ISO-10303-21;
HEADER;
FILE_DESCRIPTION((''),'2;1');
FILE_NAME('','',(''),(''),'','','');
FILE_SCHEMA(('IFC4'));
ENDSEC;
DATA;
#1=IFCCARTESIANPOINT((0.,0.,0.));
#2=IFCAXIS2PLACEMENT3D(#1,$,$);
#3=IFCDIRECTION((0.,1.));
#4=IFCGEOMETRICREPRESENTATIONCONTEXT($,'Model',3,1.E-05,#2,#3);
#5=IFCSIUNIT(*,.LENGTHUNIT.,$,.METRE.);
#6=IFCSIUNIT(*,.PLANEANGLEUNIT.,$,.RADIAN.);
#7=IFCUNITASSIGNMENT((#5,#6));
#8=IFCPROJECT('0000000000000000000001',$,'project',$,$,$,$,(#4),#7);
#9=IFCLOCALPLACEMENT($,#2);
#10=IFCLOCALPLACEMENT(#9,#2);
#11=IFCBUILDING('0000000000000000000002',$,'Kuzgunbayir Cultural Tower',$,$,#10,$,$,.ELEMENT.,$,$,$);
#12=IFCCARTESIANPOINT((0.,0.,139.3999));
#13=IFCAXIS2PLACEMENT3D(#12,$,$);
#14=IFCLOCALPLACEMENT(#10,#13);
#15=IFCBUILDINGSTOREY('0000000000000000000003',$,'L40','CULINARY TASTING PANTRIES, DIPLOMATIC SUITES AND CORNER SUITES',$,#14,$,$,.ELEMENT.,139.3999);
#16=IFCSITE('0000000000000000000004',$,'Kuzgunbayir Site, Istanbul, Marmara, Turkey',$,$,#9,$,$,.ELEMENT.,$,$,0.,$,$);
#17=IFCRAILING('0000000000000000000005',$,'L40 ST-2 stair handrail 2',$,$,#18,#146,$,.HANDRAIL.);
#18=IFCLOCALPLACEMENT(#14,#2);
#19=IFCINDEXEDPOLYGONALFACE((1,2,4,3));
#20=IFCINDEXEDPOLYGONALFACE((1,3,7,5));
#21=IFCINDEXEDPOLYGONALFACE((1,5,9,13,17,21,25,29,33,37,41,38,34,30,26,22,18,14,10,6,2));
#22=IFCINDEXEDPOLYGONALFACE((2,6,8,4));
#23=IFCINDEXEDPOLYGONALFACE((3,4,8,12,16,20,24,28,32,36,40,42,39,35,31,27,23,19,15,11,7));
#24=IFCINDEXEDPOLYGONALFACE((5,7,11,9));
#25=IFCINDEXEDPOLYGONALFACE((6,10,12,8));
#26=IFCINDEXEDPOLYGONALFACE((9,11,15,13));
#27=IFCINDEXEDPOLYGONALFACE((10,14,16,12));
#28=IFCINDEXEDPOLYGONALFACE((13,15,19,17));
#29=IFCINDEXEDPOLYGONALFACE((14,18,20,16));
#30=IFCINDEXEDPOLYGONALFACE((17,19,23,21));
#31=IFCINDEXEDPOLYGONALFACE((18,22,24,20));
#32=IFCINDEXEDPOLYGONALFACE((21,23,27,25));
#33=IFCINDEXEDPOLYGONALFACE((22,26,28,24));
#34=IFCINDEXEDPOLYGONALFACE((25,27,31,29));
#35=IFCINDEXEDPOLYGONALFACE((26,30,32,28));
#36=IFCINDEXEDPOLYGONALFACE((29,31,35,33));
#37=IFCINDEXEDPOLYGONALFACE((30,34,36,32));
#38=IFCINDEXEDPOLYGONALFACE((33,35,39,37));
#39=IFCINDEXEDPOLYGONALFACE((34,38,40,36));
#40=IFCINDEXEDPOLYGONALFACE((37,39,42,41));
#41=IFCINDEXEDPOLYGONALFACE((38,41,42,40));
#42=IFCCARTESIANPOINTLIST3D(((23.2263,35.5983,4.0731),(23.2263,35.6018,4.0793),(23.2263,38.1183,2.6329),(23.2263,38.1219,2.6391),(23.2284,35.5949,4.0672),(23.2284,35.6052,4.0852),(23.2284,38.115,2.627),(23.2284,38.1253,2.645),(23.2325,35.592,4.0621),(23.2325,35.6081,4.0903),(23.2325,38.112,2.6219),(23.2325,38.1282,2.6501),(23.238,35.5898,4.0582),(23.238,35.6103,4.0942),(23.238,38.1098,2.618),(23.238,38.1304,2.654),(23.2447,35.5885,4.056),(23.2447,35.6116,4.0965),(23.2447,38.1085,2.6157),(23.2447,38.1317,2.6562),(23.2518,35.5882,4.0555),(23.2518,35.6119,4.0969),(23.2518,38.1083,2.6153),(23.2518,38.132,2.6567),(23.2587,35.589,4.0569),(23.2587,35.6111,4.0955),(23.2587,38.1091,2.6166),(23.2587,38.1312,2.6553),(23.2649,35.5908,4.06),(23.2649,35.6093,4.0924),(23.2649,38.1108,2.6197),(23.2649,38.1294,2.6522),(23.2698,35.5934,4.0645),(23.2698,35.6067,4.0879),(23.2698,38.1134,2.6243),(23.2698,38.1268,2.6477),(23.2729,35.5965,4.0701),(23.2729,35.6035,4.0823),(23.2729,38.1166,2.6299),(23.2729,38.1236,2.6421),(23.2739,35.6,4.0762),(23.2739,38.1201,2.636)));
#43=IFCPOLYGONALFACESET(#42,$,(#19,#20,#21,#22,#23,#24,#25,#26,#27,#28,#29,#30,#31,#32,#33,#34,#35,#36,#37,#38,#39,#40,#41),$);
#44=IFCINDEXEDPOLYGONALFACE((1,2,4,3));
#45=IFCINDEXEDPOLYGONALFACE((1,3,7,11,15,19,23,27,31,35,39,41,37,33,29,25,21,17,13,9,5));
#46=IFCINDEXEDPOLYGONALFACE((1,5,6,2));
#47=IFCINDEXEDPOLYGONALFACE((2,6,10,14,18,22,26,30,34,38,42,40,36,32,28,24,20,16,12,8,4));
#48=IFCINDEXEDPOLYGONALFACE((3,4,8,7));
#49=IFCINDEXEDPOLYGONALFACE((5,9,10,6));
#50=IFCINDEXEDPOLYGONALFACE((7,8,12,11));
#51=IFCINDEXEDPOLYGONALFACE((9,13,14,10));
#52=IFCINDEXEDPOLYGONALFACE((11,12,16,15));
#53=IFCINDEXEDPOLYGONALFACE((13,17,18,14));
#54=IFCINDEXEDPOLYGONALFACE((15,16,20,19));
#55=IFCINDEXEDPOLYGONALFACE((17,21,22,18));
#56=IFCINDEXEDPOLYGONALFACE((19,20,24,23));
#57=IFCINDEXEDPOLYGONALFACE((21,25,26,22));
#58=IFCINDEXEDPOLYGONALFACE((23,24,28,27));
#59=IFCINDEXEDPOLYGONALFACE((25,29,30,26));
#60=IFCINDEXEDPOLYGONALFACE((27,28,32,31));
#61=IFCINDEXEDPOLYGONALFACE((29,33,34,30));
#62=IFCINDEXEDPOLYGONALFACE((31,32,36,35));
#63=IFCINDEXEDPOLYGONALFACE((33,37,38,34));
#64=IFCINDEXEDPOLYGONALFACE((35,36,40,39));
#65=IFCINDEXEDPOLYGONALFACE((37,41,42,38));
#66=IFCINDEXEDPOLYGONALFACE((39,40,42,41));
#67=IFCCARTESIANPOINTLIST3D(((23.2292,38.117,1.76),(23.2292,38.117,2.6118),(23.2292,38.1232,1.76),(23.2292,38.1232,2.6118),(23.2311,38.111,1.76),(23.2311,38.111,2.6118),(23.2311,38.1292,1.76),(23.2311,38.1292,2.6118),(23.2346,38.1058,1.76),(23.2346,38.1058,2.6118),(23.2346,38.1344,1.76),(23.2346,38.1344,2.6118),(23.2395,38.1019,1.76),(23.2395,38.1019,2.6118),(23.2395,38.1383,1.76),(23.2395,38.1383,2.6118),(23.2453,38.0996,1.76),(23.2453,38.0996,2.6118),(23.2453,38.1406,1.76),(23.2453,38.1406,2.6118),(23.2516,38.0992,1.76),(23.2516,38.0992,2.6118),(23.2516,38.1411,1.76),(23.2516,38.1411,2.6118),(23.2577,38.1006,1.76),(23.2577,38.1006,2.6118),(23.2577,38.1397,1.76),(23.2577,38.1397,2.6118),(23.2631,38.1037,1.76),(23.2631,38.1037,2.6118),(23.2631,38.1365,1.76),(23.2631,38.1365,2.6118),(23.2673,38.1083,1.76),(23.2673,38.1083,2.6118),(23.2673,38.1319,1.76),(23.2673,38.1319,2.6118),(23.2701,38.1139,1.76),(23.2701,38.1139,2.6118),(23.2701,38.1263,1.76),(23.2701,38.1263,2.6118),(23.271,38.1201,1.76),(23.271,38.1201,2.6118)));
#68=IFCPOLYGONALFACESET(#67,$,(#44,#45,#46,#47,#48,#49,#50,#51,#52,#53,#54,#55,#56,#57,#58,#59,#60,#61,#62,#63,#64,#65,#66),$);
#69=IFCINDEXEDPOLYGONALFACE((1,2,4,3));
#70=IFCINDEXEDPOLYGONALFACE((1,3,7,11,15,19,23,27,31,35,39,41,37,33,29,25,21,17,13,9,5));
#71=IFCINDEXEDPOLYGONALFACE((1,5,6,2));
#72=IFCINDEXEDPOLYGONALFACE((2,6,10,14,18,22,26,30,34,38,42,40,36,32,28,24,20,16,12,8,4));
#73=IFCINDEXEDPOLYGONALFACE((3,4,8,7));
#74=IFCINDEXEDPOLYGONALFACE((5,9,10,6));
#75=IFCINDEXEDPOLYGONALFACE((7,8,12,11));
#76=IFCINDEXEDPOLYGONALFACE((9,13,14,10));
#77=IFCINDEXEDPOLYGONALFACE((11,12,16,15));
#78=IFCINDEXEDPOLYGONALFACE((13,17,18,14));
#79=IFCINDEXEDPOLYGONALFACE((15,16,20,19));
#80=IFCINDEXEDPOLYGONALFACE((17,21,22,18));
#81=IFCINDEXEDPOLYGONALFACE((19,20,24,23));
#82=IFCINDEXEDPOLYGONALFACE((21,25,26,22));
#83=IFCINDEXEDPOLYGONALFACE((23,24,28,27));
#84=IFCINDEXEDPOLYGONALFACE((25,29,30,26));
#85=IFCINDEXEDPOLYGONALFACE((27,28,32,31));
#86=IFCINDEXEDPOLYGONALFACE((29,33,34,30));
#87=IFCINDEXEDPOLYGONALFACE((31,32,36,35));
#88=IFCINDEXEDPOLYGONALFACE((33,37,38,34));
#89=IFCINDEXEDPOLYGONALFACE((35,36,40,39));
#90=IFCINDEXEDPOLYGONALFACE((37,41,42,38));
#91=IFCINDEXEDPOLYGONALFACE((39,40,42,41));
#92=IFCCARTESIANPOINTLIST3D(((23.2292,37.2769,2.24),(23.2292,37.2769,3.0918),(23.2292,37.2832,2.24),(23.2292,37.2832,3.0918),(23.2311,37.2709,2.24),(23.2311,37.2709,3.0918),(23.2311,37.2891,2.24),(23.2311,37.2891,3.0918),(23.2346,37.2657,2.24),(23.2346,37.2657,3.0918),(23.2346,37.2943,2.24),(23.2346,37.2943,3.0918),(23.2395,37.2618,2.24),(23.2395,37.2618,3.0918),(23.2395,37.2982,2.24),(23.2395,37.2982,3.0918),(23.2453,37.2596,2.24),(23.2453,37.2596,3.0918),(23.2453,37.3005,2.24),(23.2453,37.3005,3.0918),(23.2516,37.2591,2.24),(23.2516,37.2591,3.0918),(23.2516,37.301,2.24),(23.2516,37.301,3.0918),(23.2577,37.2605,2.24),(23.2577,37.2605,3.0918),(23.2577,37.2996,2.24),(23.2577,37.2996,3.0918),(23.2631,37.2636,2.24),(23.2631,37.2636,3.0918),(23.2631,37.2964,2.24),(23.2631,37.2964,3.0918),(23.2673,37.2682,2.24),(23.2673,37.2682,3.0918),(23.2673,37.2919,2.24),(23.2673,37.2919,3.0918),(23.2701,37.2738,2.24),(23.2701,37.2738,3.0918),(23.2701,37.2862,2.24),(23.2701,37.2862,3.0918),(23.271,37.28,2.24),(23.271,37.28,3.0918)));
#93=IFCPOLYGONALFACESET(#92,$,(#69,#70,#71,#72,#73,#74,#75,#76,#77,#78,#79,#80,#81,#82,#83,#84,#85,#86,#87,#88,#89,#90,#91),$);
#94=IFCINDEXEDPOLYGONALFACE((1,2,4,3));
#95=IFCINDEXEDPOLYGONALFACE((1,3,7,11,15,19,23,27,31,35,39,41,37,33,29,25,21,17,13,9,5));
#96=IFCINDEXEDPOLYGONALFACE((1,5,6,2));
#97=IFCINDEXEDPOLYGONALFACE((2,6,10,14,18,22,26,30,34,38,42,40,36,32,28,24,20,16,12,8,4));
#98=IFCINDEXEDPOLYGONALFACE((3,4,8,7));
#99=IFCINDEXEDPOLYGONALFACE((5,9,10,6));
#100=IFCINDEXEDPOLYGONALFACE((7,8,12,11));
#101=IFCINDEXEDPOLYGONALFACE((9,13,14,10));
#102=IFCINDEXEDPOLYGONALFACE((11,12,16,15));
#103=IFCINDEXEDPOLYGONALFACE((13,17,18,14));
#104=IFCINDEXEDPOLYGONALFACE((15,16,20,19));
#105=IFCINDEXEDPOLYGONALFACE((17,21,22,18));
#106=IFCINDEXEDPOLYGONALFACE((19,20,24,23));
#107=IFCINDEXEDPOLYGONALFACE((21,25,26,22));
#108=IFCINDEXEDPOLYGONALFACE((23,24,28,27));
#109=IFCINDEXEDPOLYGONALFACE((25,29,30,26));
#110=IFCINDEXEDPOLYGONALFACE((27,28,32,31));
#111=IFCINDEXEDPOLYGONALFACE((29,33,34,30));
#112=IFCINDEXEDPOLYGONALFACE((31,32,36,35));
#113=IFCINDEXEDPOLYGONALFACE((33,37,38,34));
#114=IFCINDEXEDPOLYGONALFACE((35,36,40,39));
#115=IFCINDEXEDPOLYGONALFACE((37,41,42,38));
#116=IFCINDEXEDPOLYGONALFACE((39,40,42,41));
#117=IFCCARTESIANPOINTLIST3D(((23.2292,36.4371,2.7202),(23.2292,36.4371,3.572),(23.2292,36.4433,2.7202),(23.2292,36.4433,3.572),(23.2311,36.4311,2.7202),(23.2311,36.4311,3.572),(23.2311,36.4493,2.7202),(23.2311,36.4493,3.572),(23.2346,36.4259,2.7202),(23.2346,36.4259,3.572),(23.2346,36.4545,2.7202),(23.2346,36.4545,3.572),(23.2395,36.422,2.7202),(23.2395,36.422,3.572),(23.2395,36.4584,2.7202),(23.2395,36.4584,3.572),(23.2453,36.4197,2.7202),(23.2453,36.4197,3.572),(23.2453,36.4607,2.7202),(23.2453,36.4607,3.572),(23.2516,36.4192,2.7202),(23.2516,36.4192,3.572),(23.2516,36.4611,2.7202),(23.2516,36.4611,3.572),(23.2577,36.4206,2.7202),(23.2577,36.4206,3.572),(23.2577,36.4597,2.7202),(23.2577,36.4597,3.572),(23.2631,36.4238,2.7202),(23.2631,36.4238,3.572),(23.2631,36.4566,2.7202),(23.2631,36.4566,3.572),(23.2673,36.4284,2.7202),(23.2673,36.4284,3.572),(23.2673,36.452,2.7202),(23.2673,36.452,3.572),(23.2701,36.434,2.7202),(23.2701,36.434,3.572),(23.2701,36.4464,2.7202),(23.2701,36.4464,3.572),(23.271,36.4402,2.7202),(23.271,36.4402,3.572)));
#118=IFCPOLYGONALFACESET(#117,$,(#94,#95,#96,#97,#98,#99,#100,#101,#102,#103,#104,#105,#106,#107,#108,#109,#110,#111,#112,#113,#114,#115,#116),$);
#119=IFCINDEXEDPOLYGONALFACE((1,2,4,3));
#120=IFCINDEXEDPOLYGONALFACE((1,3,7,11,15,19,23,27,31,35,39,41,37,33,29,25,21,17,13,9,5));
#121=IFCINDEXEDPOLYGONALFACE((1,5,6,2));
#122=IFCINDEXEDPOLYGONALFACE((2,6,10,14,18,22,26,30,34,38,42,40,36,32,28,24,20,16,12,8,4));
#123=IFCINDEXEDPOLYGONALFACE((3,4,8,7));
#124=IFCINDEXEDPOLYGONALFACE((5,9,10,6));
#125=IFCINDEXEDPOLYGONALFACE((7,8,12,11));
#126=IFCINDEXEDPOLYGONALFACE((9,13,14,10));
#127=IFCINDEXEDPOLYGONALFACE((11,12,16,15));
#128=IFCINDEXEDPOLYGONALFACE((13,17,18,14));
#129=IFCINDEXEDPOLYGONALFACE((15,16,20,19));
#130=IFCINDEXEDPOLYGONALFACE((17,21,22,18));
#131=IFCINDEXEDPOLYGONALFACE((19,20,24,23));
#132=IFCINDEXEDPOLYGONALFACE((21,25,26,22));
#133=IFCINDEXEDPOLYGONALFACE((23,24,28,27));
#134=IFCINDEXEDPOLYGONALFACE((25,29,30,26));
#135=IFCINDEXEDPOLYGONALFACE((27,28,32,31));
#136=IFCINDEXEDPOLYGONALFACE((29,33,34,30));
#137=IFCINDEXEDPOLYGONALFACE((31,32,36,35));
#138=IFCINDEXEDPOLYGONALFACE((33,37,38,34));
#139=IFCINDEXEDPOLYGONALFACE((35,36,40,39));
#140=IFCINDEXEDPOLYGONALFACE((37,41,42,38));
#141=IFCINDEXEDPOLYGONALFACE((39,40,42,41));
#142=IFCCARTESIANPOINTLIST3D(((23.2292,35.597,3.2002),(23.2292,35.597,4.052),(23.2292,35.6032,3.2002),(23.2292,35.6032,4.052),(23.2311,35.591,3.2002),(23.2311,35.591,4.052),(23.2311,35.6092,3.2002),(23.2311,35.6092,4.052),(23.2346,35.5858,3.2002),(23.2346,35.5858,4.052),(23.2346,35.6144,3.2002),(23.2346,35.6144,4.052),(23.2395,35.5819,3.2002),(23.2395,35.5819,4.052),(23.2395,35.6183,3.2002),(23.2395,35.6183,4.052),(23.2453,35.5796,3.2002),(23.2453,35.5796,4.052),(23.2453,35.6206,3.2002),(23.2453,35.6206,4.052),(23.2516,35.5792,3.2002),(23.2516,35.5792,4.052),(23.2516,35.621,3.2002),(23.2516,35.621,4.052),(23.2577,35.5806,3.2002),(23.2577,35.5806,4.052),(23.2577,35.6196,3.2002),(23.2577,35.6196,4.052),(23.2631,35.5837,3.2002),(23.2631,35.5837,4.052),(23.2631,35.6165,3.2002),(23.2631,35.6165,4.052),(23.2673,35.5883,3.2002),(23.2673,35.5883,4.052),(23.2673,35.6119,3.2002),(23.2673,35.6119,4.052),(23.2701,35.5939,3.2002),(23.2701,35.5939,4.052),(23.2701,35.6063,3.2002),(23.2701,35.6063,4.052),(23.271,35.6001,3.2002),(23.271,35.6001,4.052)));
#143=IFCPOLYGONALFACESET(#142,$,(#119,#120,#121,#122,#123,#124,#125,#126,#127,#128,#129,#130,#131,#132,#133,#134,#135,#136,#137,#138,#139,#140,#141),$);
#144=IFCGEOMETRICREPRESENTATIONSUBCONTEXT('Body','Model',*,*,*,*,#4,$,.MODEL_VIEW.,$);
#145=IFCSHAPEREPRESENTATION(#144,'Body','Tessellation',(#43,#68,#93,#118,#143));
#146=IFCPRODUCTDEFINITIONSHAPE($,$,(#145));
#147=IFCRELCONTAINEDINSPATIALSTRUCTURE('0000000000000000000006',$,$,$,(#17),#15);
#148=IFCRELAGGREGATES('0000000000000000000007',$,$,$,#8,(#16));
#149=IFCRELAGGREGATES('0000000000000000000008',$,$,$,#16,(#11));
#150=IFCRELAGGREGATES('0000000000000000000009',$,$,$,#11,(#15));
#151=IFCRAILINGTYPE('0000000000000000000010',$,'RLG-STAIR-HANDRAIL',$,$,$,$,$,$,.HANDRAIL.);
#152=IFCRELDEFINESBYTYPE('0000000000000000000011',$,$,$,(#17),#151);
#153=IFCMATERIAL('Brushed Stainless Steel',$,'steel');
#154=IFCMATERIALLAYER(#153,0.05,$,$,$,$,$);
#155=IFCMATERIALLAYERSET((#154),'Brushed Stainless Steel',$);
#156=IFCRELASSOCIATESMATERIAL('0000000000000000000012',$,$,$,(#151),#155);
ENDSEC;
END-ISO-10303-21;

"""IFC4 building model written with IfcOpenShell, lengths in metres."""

from ifc_helpers import new_model, si_unit, direction, frame, origin, origin_2d, place, context, subcontext, project, spatial, circle, extrude, material, layer, layer_set, type_object, element, save


model = new_model("IFC4")

# Units and contexts
model_context = context("Model", 3, precision=1e-05, world=origin(), true_north=direction((0.0, 1.0)))
body_context = subcontext(model_context, "Body", "Model", "MODEL_VIEW")
ifc_project = project(units=[si_unit("LENGTHUNIT", "METRE"), si_unit("PLANEANGLEUNIT", "RADIAN")], contexts=[model_context])

# Site, building, storey
site_placement = place(None, origin())
site = spatial("IfcSite", under=ifc_project, at=site_placement, Name="Kuzgunbayir Site, Istanbul, Marmara, Turkey", CompositionType="ELEMENT", RefElevation=0.0)
building_placement = place(site_placement, origin())
building = spatial("IfcBuilding", under=site, at=building_placement, Name="Kuzgunbayir Cultural Tower", CompositionType="ELEMENT")
storey_placement = place(building_placement, frame((0.0, 0.0, 139.3999)))
storey = spatial("IfcBuildingStorey", under=building, at=storey_placement, Name="L40", Description="CULINARY TASTING PANTRIES, DIPLOMATIC SUITES AND CORNER SUITES", CompositionType="ELEMENT", Elevation=139.3999)

# Shared definitions
ifc_material_1 = material(Name="Brushed Stainless Steel", Category="steel")

# Railing
ifc_layer_1 = layer(ifc_material_1, 0.05)
ifc_layer_set_1 = layer_set([ifc_layer_1], Name="Brushed Stainless Steel")
railing_type_1 = type_object("IfcRailingType", Name="RLG-STAIR-HANDRAIL", PredefinedType="HANDRAIL", material=ifc_layer_set_1)
railing_1_placement = place(storey_placement, frame((23.25, 38.1201, 1.76)))
element("IfcRailing", 1, at=railing_1_placement, inside=storey, type_object=railing_type_1, Name="L40 ST-2 stair handrail 2", PredefinedType="HANDRAIL", context=body_context, shape_type="SweptSolid", body=[
    extrude(circle(Radius=0.0239, at=origin_2d()), frame((0.0, 0.0, 0.876), z_axis=(0.0, -0.868217, 0.496184), x_axis=(1.0, 0.0, 0.0)), (0.0, 0.0, 1.0), 2.9026),
    extrude(circle(Radius=0.021, at=origin_2d()), origin(), (0.0, 0.0, 1.0), 0.8518),
    extrude(circle(Radius=0.021, at=origin_2d()), frame((0.0, -0.8401, 0.48)), (0.0, 0.0, 1.0), 0.8518),
    extrude(circle(Radius=0.021, at=origin_2d()), frame((0.0, -1.6799, 0.9602)), (0.0, 0.0, 1.0), 0.8518),
    extrude(circle(Radius=0.021, at=origin_2d()), frame((0.0, -2.52, 1.4402)), (0.0, 0.0, 1.0), 0.8518),
])

save(model, "model.ifc")
